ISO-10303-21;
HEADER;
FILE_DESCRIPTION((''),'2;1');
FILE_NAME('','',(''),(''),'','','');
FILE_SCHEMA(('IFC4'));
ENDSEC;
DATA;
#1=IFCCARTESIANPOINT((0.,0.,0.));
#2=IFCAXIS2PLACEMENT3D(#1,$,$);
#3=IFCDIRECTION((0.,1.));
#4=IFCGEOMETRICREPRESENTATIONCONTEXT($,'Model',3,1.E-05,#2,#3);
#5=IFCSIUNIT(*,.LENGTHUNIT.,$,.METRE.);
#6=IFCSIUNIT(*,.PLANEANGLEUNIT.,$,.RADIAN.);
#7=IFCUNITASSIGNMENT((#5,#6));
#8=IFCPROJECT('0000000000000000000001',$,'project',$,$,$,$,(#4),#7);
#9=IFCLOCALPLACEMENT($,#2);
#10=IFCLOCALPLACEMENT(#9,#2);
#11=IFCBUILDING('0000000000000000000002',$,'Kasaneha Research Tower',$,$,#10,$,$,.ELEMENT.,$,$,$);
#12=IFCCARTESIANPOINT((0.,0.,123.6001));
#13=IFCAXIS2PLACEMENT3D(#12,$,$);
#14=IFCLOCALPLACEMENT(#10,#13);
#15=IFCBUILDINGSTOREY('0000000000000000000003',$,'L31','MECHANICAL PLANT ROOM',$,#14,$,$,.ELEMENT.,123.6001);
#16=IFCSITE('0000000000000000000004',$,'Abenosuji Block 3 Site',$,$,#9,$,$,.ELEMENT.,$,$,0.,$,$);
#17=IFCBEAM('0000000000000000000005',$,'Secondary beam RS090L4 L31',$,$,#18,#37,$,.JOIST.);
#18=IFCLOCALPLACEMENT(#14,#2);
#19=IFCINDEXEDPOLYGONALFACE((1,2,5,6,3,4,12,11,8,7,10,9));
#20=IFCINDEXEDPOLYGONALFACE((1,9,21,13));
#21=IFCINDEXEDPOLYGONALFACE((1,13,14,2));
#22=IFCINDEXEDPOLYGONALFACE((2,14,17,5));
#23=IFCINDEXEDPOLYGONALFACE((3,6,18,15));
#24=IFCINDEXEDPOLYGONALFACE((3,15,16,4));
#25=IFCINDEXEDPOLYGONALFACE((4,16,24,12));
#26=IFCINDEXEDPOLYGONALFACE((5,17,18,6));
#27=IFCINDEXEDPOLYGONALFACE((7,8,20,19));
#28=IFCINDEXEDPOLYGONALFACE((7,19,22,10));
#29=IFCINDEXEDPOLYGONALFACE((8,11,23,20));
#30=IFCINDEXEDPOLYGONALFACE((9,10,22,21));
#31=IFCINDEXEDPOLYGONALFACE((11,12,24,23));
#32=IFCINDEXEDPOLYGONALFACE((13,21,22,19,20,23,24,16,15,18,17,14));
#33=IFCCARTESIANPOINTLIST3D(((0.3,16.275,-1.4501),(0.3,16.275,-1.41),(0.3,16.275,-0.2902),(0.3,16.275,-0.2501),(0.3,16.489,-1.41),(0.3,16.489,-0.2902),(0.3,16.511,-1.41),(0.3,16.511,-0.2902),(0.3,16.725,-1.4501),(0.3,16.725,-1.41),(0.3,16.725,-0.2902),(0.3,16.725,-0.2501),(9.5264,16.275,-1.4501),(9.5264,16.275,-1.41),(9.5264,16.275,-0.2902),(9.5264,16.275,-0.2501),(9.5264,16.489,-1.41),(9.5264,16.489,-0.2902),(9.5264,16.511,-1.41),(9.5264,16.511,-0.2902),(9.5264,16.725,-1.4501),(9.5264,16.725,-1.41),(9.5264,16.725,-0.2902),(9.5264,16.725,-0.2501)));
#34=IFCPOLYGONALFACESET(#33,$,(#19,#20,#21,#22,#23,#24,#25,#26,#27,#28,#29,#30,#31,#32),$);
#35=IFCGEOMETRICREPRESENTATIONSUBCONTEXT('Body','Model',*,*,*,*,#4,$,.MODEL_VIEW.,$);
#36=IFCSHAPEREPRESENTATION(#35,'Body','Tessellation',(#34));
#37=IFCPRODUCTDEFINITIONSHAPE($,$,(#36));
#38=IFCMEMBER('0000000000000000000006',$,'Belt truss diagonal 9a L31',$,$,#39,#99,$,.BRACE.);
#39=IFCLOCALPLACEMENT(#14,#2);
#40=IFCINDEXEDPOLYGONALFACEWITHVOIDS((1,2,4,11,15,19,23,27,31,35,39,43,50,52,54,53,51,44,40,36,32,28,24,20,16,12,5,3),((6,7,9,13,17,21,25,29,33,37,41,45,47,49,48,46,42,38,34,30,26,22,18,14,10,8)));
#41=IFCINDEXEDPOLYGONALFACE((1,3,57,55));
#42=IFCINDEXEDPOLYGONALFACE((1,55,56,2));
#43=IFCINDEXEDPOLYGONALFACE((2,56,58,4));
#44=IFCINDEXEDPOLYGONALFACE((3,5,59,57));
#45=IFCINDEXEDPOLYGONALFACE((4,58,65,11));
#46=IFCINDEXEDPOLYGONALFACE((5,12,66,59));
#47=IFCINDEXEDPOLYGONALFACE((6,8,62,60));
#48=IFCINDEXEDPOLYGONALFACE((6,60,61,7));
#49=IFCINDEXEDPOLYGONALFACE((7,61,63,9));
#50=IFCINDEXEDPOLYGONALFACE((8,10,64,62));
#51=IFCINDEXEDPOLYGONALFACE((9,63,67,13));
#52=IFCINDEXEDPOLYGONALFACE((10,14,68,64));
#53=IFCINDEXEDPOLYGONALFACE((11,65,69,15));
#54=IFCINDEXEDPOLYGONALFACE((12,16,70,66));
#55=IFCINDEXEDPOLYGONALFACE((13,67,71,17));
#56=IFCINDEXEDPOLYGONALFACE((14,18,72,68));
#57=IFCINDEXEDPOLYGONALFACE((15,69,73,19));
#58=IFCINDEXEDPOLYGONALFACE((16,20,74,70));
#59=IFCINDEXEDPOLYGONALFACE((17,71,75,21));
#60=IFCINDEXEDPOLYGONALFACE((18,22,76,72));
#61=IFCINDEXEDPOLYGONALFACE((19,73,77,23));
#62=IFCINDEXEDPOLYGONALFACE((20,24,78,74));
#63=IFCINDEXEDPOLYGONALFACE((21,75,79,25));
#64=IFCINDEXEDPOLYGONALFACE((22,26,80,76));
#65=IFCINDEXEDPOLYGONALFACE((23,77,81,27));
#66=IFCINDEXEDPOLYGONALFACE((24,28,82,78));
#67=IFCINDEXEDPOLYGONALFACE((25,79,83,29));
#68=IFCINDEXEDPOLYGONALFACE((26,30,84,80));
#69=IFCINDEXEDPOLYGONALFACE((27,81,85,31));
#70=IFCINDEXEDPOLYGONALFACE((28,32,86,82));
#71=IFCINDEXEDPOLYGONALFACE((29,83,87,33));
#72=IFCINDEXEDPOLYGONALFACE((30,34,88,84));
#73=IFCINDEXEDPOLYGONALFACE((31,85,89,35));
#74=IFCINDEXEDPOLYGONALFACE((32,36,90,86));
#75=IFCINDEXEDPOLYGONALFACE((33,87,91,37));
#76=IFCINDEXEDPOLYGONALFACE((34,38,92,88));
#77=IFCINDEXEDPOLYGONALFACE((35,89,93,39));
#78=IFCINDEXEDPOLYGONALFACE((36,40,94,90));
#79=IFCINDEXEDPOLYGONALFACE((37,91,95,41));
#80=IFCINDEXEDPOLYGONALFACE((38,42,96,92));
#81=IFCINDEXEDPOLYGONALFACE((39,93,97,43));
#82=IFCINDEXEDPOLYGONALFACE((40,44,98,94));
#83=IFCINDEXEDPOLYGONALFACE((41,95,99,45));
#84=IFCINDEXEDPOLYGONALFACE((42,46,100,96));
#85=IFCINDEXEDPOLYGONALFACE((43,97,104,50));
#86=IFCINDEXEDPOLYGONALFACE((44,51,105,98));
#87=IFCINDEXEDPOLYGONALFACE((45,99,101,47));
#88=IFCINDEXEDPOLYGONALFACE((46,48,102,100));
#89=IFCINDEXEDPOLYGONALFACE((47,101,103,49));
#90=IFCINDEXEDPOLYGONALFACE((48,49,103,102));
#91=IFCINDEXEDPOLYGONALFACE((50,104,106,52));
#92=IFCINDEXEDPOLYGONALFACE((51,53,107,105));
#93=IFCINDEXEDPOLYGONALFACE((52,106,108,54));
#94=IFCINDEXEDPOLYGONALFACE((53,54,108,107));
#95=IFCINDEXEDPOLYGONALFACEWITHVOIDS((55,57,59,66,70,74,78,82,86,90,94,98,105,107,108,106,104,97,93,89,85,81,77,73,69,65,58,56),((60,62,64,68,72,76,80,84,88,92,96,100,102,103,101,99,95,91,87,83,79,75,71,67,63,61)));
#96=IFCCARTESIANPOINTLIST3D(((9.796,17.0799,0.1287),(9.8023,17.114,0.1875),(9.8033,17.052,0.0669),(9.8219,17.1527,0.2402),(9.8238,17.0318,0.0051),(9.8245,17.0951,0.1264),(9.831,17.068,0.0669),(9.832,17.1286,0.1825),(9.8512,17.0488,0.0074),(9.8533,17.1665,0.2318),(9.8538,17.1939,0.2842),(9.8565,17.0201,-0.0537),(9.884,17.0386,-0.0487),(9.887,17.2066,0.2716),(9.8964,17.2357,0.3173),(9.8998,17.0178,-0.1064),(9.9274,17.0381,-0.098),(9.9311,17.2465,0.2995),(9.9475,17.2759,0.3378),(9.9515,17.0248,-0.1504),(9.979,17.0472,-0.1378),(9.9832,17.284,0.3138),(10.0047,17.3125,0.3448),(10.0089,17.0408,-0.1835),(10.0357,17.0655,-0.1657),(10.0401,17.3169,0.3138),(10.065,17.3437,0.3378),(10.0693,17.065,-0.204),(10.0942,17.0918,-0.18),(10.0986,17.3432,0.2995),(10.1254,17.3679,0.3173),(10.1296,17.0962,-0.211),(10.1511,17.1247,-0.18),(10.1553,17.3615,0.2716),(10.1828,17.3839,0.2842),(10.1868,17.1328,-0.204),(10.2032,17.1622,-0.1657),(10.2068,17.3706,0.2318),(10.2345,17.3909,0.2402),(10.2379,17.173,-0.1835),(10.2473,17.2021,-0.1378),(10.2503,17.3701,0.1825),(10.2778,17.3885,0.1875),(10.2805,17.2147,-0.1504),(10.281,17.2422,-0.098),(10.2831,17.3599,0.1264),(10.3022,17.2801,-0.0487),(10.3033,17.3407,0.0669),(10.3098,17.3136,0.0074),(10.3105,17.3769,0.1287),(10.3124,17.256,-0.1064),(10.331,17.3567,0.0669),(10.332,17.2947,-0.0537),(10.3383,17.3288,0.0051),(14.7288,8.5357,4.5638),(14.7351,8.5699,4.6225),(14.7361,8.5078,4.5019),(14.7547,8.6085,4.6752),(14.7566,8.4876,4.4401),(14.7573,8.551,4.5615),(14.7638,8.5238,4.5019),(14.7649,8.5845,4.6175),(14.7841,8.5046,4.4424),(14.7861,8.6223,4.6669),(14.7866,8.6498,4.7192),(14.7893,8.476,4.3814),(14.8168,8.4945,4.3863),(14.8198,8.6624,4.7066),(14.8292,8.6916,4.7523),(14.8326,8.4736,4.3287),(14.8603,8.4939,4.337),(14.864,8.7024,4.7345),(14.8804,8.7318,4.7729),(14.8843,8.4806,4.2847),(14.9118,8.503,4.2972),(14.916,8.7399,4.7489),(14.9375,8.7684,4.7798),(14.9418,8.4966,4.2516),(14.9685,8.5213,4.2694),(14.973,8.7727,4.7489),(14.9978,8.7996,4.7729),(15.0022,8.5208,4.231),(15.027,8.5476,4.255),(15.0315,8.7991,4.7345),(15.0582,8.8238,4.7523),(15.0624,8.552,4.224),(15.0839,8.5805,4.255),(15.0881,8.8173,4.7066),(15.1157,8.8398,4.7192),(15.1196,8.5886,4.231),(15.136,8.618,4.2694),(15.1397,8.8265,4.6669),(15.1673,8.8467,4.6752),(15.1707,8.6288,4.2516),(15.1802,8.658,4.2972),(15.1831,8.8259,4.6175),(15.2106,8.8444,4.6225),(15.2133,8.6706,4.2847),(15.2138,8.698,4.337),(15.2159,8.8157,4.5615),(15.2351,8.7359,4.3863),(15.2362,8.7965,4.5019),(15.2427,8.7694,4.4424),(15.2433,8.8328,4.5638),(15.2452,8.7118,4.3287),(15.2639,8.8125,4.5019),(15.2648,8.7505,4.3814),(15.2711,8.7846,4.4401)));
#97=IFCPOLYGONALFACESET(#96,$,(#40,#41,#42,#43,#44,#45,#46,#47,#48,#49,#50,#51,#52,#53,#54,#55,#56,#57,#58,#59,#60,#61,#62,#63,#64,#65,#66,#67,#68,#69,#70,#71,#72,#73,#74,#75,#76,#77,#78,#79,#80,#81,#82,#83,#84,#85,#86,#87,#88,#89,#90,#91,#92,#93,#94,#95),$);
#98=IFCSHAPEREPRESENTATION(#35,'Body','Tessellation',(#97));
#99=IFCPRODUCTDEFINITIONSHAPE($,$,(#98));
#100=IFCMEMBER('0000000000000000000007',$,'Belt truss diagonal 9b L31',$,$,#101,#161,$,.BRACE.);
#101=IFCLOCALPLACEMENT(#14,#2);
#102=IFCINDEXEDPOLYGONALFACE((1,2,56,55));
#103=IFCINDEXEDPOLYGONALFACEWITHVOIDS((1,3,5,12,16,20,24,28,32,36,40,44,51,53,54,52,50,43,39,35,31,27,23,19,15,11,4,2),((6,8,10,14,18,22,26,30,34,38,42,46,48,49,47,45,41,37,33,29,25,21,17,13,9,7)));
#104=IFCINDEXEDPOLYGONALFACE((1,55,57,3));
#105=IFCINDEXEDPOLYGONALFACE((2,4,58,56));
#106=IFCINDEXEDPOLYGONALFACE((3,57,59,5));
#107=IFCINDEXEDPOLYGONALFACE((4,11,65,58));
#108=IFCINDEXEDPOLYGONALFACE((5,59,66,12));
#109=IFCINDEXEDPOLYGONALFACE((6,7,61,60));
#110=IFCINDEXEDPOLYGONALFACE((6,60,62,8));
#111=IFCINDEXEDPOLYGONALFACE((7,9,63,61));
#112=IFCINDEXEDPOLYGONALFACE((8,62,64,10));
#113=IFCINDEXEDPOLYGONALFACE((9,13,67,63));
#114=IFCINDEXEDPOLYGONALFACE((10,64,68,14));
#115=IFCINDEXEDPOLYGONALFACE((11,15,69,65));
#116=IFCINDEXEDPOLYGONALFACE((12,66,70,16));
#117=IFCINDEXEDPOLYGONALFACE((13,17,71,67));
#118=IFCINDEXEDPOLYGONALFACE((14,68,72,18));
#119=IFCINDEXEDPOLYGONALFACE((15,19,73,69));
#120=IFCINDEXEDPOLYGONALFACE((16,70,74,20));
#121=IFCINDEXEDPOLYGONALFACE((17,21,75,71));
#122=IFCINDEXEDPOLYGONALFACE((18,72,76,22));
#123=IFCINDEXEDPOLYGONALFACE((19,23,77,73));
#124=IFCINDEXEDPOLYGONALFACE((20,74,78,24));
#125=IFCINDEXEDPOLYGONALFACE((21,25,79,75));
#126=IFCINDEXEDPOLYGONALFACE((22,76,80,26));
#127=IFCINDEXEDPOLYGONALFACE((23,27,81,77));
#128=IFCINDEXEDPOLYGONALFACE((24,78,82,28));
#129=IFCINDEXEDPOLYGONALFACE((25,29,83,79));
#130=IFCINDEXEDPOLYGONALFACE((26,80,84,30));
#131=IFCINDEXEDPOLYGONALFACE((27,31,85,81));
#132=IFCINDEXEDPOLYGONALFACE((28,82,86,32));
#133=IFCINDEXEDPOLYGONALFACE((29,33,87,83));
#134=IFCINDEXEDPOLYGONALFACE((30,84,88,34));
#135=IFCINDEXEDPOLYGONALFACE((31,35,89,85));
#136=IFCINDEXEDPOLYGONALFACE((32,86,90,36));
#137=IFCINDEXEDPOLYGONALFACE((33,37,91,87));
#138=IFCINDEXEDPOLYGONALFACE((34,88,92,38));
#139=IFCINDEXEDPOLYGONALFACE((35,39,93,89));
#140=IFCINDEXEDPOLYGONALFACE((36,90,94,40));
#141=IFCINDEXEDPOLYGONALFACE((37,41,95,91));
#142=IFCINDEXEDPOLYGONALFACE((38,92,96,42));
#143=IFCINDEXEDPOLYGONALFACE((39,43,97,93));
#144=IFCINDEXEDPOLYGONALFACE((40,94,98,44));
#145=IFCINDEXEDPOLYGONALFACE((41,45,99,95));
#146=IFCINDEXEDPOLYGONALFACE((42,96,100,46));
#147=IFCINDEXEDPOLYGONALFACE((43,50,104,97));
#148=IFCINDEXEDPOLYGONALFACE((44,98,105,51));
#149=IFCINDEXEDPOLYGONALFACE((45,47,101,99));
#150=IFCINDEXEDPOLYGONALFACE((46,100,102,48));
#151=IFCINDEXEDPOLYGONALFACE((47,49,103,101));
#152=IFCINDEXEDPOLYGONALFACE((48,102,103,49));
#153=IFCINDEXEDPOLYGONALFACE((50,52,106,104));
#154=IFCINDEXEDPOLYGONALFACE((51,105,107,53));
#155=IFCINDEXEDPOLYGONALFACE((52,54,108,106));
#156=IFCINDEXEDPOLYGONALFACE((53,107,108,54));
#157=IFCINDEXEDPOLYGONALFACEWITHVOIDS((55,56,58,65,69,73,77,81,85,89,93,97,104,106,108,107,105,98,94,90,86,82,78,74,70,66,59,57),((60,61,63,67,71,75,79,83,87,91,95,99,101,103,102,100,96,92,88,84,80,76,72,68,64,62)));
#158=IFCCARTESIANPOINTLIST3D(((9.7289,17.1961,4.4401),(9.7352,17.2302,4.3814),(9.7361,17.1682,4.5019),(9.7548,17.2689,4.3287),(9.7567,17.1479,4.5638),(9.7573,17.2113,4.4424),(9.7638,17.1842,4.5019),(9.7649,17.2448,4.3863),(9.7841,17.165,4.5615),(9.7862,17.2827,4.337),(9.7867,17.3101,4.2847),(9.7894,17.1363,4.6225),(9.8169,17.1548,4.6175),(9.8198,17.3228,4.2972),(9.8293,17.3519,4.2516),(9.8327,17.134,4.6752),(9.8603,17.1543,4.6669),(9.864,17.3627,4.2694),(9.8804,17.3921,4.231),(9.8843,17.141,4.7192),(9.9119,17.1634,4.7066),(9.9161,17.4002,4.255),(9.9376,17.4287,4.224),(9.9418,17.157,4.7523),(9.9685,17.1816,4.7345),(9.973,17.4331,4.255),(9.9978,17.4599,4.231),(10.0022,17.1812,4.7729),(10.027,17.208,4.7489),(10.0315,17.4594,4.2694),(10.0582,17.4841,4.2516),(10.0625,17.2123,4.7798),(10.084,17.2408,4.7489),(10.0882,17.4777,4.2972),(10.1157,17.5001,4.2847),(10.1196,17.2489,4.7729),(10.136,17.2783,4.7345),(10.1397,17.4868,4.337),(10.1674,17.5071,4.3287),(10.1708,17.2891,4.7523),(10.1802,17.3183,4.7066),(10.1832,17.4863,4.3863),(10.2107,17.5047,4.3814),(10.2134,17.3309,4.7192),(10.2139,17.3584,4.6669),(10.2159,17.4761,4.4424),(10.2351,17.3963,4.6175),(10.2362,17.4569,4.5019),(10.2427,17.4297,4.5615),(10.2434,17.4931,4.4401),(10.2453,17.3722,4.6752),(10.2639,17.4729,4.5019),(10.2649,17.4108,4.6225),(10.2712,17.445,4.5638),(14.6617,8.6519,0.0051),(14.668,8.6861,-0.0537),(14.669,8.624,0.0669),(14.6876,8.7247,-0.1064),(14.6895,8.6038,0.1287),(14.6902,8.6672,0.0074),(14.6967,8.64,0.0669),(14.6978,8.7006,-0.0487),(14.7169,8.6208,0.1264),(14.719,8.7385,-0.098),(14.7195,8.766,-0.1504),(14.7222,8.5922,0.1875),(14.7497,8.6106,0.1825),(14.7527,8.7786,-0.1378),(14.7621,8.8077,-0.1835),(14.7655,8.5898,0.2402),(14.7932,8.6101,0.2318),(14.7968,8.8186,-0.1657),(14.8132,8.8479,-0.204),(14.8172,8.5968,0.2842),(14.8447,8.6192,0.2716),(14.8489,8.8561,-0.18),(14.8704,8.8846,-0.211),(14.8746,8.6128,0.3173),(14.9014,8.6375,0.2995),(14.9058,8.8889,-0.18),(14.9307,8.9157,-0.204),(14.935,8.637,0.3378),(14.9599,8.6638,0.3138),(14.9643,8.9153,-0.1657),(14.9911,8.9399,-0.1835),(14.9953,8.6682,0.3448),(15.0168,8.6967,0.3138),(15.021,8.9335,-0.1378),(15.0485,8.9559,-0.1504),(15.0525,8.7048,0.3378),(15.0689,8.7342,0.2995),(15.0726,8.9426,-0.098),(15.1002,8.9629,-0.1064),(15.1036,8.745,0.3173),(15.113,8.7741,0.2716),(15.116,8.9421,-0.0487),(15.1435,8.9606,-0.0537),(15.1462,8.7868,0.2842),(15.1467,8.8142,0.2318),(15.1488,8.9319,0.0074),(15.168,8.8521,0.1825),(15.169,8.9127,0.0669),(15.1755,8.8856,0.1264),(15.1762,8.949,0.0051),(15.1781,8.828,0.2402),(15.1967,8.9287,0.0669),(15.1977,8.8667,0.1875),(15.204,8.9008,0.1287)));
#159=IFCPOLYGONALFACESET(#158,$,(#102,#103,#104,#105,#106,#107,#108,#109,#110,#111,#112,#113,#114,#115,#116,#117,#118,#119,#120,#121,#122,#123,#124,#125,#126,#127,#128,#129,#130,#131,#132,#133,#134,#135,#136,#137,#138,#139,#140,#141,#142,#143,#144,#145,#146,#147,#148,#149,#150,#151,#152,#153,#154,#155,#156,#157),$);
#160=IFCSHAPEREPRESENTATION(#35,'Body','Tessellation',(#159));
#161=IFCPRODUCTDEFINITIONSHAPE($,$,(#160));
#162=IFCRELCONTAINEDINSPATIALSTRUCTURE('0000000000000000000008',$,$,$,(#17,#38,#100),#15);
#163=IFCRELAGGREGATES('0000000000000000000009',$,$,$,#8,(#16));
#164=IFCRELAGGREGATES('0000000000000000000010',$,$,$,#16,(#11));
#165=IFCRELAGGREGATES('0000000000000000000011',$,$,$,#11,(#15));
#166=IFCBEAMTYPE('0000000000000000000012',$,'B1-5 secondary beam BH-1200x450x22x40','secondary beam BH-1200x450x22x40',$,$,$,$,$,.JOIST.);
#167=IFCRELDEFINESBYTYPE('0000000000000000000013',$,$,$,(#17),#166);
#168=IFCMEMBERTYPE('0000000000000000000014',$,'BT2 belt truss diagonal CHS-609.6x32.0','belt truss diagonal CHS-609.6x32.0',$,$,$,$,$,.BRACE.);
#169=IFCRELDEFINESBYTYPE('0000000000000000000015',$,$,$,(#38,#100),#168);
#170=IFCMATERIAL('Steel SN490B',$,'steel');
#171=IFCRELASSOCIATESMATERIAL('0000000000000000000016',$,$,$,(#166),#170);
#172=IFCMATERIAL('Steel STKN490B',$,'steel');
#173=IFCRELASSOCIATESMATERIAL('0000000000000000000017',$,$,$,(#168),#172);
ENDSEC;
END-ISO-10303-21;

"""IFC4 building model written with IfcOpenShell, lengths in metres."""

from ifc_helpers import new_model, si_unit, direction, frame, origin, origin_2d, place, context, subcontext, project, spatial, hollow_circle, i_section, extrude, material, material_profile, profile_set, type_object, element, save


model = new_model("IFC4")

# Units and contexts
model_context = context("Model", 3, precision=1e-05, world=origin(), true_north=direction((0.0, 1.0)))
body_context = subcontext(model_context, "Body", "Model", "MODEL_VIEW")
ifc_project = project(units=[si_unit("LENGTHUNIT", "METRE"), si_unit("PLANEANGLEUNIT", "RADIAN")], contexts=[model_context])

# Site, building, storey
site_placement = place(None, origin())
site = spatial("IfcSite", under=ifc_project, at=site_placement, Name="Abenosuji Block 3 Site", CompositionType="ELEMENT", RefElevation=0.0)
building_placement = place(site_placement, origin())
building = spatial("IfcBuilding", under=site, at=building_placement, Name="Kasaneha Research Tower", CompositionType="ELEMENT")
storey_placement = place(building_placement, frame((0.0, 0.0, 123.6001)))
storey = spatial("IfcBuildingStorey", under=building, at=storey_placement, Name="L31", Description="MECHANICAL PLANT ROOM", CompositionType="ELEMENT", Elevation=123.6001)

# Beam
ifc_material_1 = material(Name="Steel SN490B", Category="steel")
ifc_material_profile_1 = material_profile(ifc_material_1, i_section(OverallWidth=0.45, OverallDepth=1.2, WebThickness=0.022, FlangeThickness=0.04, at=origin_2d()), Name="BH-1200x450x22x40")
ifc_profile_set_1 = profile_set([ifc_material_profile_1], Name="Steel SN490B")
beam_type_1 = type_object("IfcBeamType", Name="B1-5 secondary beam BH-1200x450x22x40", Description="secondary beam BH-1200x450x22x40", PredefinedType="JOIST", material=ifc_profile_set_1)
beam_1_placement = place(storey_placement, frame((9.5264, 16.5, -0.8501), z_axis=(-1.0, 0.0, 0.0), x_axis=(0.0, -1.0, 0.0)))
element("IfcBeam", 1, at=beam_1_placement, inside=storey, type_object=beam_type_1, Name="Secondary beam RS090L4 L31", PredefinedType="JOIST", context=body_context, shape_type="SweptSolid", body=[
    extrude(i_section(OverallWidth=0.45, OverallDepth=1.2, WebThickness=0.022, FlangeThickness=0.04, at=origin_2d()), origin(), (0.0, 0.0, 1.0), 9.2263),
])

# Members
ifc_material_2 = material(Name="Steel STKN490B", Category="steel")
ifc_material_profile_2 = material_profile(ifc_material_2, hollow_circle(Radius=0.3047, WallThickness=0.032, at=origin_2d()), Name="CHS-609.6x32.0")
ifc_profile_set_2 = profile_set([ifc_material_profile_2], Name="Steel STKN490B")
member_type = type_object("IfcMemberType", Name="BT2 belt truss diagonal CHS-609.6x32.0", Description="belt truss diagonal CHS-609.6x32.0", PredefinedType="BRACE", material=ifc_profile_set_2)
for number, where, z_axis, x_axis, name in (
    (2, (10.0671, 17.2043, 0.0669), (0.456031, -0.78989, 0.410011), (0.866031, 0.49999, 0.0), "Belt truss diagonal 9a L31"),
    (3, (14.9329, 8.7764, 0.0669), (-0.456031, 0.78989, 0.410011), (-0.866031, -0.49999, 0.0), "Belt truss diagonal 9b L31"),
):
    element("IfcMember", number, at=place(storey_placement, frame(where, z_axis=z_axis, x_axis=x_axis)), inside=storey, type_object=member_type, Name=name, PredefinedType="BRACE", context=body_context, shape_type="SweptSolid", body=[
        extrude(hollow_circle(Radius=0.3047, WallThickness=0.032, at=origin_2d()), origin(), (0.0, 0.0, 1.0), 10.8169),
    ])

save(model, "model.ifc")
